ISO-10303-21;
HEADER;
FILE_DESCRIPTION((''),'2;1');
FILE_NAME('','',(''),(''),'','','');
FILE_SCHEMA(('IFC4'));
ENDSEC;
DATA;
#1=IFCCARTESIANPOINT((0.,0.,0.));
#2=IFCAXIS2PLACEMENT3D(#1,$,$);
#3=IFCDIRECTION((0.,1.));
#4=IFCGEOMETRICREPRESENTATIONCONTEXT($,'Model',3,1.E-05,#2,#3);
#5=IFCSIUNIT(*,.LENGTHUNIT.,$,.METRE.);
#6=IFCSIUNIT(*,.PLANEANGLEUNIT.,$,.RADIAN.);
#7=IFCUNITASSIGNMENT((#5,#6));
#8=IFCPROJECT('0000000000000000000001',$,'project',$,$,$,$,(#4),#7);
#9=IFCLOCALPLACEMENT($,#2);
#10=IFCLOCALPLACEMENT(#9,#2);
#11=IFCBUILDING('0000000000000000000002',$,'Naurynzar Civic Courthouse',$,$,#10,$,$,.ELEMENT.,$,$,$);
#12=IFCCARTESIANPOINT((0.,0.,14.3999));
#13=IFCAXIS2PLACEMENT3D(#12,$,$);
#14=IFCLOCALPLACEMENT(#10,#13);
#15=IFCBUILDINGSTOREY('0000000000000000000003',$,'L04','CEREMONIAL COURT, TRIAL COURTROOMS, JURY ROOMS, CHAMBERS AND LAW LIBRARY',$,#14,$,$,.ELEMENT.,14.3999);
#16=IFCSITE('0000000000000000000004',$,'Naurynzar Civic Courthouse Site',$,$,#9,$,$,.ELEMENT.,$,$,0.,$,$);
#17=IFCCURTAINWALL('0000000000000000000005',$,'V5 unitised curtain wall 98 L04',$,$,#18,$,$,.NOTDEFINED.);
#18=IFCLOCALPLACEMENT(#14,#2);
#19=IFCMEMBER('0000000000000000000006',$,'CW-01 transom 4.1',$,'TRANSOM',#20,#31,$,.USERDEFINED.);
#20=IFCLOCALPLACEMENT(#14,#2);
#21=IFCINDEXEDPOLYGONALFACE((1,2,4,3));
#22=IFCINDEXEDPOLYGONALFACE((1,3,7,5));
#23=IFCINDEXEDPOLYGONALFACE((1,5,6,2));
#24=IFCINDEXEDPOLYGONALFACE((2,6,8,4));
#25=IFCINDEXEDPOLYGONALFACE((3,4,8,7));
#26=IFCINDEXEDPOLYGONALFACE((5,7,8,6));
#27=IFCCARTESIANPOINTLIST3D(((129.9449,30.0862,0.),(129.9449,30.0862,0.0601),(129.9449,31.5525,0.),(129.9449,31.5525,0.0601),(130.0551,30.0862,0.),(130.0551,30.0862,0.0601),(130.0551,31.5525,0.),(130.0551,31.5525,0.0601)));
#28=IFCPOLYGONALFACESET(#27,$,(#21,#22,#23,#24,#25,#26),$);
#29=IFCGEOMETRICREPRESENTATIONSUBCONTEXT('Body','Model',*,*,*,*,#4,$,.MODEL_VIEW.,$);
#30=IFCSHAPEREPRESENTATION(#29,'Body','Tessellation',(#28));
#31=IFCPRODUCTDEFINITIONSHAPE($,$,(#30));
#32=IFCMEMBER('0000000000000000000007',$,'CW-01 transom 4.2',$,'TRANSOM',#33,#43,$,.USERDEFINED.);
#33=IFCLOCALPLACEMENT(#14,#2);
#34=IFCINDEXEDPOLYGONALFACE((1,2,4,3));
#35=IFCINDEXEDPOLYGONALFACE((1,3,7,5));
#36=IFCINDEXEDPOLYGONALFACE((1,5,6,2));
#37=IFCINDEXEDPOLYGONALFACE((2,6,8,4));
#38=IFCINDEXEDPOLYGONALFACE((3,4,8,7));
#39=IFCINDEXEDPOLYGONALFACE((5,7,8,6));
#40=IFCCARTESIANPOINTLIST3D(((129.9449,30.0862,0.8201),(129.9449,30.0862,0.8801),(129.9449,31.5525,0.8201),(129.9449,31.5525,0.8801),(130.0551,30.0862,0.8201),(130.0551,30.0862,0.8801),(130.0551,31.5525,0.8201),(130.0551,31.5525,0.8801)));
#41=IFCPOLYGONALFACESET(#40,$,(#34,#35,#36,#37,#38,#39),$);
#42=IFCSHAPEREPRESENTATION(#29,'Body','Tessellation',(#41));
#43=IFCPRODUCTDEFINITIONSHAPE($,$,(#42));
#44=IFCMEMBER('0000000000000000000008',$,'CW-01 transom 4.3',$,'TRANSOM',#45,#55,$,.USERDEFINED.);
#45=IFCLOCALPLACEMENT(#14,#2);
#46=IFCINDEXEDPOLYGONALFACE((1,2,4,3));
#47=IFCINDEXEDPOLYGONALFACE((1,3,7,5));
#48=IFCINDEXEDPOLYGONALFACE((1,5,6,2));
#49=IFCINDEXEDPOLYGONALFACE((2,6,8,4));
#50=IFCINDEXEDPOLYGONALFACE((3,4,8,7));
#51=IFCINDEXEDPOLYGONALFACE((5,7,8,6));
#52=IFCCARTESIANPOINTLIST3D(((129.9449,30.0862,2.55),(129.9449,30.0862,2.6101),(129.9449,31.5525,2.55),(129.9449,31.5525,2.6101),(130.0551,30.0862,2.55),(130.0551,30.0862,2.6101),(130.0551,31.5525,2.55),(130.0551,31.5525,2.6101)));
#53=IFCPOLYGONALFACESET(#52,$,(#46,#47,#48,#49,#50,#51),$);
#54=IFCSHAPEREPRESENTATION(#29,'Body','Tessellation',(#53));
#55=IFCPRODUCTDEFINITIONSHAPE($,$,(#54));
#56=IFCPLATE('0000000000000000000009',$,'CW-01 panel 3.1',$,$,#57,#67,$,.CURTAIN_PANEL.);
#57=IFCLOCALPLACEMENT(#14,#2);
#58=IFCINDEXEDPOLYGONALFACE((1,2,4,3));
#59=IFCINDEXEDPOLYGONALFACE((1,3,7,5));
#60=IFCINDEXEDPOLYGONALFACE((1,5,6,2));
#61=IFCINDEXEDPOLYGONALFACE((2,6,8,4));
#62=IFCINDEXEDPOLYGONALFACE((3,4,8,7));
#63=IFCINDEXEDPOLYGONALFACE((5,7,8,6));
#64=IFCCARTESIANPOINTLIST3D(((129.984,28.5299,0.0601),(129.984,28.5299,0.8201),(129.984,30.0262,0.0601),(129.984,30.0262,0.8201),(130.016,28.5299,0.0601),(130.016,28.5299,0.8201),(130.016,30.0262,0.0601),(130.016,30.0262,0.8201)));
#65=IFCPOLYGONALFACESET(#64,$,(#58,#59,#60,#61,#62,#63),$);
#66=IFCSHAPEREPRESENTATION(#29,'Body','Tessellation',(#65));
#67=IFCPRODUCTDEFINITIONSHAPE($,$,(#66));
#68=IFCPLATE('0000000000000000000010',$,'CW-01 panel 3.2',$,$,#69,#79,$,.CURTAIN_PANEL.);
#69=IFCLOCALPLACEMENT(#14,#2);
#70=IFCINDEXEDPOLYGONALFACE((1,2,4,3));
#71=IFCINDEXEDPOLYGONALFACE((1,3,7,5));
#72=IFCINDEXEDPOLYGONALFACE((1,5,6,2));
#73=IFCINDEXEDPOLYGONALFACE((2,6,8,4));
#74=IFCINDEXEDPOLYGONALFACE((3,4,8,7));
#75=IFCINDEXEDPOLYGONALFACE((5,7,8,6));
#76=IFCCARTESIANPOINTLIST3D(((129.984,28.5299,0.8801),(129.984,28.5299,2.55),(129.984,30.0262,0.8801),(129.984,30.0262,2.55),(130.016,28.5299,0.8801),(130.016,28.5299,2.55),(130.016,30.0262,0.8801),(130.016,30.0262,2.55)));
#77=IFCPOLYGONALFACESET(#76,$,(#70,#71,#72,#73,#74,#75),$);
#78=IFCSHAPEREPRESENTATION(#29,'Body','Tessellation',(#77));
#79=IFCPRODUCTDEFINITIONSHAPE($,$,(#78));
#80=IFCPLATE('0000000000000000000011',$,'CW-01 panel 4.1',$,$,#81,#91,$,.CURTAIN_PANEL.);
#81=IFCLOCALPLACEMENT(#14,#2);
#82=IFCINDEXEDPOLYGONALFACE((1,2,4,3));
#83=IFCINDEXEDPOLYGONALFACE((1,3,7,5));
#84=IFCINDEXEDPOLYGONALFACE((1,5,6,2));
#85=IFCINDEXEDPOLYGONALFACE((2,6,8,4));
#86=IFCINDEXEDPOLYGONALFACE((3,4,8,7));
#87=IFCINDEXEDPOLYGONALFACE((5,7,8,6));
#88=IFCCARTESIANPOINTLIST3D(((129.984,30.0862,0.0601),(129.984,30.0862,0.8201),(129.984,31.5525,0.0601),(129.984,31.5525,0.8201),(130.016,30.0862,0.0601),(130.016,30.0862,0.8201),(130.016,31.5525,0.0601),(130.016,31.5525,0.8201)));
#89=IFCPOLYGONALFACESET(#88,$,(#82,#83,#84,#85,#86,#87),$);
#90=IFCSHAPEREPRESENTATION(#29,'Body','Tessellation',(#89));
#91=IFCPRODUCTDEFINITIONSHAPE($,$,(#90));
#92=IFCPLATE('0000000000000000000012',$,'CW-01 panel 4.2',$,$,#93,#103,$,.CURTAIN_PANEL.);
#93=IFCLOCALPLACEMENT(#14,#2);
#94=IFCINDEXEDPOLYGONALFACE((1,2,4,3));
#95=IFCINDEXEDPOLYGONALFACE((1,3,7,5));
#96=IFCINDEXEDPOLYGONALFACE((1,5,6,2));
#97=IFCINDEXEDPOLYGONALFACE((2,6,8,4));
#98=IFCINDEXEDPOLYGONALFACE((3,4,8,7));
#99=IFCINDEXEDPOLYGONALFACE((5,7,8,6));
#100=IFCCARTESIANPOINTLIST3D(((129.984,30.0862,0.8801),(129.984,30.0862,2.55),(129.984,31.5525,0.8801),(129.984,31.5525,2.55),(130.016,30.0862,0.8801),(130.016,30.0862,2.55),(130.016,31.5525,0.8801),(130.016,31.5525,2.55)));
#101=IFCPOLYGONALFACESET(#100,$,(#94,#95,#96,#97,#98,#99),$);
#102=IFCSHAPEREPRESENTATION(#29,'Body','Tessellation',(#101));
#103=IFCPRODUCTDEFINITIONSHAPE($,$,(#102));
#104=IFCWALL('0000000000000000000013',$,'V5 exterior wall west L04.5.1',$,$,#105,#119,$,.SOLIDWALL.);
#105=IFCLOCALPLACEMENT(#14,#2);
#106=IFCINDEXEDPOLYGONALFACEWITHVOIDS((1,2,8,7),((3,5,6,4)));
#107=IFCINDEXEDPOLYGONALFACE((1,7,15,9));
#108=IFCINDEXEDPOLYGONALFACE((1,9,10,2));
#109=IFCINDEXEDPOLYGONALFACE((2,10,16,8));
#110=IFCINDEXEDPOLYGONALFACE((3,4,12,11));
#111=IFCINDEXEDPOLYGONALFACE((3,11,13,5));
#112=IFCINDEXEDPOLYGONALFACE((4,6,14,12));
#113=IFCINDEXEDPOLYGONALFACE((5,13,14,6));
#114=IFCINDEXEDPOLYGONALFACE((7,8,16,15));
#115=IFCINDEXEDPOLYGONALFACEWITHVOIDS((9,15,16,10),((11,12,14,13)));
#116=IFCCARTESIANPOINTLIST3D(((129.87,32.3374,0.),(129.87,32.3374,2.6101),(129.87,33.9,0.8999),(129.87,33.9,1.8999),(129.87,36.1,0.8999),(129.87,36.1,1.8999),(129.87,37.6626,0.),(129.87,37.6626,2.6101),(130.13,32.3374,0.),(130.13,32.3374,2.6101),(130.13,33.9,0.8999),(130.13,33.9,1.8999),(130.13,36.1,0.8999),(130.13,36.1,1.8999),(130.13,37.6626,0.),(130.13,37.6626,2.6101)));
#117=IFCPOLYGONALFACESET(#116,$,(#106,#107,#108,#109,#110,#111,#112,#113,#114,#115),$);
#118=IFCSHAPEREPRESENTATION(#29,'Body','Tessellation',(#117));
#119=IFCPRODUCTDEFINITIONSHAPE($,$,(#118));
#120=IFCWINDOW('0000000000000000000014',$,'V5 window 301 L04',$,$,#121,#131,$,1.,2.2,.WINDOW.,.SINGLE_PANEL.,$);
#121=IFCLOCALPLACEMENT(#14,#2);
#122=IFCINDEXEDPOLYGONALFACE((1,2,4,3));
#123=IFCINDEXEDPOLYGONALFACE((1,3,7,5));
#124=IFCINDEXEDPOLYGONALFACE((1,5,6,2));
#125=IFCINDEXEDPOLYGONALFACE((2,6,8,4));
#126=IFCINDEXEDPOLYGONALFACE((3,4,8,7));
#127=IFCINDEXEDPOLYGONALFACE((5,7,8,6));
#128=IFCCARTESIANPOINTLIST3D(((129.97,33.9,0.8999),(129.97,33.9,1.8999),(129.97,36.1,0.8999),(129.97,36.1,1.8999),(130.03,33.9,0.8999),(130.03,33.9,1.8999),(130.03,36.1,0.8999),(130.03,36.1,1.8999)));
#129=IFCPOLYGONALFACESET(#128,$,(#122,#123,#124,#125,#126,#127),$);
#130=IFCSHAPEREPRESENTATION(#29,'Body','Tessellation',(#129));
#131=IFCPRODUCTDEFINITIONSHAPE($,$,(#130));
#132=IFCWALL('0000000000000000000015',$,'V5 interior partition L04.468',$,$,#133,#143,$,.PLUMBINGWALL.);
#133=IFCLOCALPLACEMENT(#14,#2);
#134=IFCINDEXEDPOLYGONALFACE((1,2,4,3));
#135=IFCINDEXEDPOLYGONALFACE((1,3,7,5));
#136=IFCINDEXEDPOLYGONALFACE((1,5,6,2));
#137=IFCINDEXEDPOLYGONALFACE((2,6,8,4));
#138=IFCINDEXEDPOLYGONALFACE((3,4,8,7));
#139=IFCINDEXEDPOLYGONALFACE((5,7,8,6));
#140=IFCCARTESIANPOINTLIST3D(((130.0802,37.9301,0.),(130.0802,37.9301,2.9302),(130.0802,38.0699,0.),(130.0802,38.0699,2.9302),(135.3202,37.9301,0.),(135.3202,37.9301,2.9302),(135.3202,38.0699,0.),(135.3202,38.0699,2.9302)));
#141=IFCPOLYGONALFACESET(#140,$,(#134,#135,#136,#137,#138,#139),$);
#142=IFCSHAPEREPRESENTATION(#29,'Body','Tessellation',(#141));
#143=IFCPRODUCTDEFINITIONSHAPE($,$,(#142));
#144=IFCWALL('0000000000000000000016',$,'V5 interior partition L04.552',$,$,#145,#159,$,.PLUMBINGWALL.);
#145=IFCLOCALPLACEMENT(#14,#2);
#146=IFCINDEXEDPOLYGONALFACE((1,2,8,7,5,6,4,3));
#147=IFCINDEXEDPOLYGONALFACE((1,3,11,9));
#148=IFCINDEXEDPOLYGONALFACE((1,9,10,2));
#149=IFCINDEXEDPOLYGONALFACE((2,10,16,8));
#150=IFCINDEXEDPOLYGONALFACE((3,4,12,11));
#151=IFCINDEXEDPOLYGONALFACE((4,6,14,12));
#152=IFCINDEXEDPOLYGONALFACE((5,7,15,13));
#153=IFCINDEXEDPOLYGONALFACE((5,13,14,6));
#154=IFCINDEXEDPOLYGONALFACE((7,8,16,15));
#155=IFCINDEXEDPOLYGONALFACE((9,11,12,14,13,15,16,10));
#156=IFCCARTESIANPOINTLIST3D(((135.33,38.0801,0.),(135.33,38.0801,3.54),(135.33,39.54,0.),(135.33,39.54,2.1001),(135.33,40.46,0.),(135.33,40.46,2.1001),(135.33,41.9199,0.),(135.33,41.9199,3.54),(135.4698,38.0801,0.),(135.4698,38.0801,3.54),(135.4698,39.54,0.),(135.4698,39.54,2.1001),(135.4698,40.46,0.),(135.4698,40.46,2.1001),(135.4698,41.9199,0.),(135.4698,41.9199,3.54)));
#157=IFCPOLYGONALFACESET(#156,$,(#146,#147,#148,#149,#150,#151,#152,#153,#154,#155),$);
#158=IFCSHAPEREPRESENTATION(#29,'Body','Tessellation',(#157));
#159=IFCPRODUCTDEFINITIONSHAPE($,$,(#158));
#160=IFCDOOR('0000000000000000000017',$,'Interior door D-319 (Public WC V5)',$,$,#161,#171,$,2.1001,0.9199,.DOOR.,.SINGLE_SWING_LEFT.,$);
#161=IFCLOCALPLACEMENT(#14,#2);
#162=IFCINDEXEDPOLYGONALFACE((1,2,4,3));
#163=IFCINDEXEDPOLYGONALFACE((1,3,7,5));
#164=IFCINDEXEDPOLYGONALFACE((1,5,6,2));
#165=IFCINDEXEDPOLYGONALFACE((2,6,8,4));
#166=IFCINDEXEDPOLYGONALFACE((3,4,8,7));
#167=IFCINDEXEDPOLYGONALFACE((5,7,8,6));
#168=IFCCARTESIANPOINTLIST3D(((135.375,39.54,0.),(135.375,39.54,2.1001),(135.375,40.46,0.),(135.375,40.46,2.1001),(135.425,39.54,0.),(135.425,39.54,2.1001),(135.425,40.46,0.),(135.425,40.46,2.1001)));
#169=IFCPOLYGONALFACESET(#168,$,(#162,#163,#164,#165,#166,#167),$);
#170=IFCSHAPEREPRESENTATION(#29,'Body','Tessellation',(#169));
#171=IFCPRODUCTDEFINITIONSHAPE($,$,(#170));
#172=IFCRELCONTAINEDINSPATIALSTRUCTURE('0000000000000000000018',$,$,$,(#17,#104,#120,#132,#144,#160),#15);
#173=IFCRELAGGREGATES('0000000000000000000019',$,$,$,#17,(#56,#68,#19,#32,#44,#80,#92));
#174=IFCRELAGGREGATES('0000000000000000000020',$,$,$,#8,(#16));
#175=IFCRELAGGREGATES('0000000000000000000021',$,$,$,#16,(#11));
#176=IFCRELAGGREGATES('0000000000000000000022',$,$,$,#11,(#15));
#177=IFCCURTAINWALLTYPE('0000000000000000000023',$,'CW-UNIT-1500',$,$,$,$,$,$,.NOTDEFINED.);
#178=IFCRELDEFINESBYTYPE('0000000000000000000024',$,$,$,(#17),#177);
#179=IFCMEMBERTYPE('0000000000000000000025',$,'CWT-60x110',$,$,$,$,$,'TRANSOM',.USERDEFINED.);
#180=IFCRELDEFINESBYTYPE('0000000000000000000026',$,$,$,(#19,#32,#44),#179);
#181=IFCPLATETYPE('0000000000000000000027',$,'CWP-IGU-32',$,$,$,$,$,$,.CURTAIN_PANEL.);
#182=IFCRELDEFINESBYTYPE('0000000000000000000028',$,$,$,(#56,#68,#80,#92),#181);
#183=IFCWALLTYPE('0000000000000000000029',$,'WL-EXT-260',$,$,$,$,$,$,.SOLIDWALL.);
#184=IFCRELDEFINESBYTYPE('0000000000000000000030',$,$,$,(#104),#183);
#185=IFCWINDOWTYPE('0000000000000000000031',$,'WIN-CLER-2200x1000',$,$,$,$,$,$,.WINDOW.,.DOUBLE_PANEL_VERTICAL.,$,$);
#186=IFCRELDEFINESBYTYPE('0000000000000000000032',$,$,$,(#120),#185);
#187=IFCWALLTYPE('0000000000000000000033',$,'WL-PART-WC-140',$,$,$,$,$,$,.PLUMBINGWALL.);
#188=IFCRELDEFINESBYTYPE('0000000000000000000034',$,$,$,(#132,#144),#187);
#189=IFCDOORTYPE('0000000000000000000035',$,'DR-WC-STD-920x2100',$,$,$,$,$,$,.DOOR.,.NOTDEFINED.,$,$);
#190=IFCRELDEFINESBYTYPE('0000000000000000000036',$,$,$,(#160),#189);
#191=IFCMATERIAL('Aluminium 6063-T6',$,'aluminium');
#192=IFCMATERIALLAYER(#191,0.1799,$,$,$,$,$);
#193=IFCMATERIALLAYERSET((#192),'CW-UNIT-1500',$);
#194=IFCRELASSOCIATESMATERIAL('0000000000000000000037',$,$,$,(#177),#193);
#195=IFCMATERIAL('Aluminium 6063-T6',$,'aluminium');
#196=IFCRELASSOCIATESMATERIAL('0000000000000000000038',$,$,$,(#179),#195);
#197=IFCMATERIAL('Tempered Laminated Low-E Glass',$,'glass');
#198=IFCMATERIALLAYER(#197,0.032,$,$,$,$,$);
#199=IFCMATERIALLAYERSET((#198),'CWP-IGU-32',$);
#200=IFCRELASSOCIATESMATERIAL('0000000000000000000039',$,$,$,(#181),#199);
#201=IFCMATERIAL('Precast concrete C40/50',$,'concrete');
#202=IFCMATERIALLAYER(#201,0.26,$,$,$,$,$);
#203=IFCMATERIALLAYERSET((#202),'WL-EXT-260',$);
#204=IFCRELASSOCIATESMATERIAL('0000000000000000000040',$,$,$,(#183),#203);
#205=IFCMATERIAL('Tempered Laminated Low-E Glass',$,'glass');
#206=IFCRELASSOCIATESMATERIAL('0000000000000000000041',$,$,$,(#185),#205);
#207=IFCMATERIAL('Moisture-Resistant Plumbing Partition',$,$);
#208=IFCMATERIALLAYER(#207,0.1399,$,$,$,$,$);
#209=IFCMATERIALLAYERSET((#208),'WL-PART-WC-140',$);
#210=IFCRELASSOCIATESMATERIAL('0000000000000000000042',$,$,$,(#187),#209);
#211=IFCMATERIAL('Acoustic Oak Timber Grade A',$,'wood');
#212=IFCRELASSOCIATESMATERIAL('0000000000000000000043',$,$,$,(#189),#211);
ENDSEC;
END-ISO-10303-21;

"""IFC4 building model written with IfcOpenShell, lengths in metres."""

from ifc_helpers import new_model, si_unit, direction, frame, frame_2d, origin, origin_2d, place, context, subcontext, project, spatial, rectangle, extrude, material, layer, layer_set, material_profile, profile_set, type_object, element, fill, aggregate, save


model = new_model("IFC4")

# Units and contexts
model_context = context("Model", 3, precision=1e-05, world=origin(), true_north=direction((0.0, 1.0)))
body_context = subcontext(model_context, "Body", "Model", "MODEL_VIEW")
ifc_project = project(units=[si_unit("LENGTHUNIT", "METRE"), si_unit("PLANEANGLEUNIT", "RADIAN")], contexts=[model_context])

# Site, building, storey
site_placement = place(None, origin())
site = spatial("IfcSite", under=ifc_project, at=site_placement, Name="Naurynzar Civic Courthouse Site", CompositionType="ELEMENT", RefElevation=0.0)
building_placement = place(site_placement, origin())
building = spatial("IfcBuilding", under=site, at=building_placement, Name="Naurynzar Civic Courthouse", CompositionType="ELEMENT")
storey_placement = place(building_placement, frame((0.0, 0.0, 14.3999)))
storey = spatial("IfcBuildingStorey", under=building, at=storey_placement, Name="L04", Description="CEREMONIAL COURT, TRIAL COURTROOMS, JURY ROOMS, CHAMBERS AND LAW LIBRARY", CompositionType="ELEMENT", Elevation=14.3999)

# Curtain wall, members, plates
ifc_material_1 = material(Name="Aluminium 6063-T6", Category="aluminium")
ifc_layer_1 = layer(ifc_material_1, 0.1799)
ifc_layer_set_1 = layer_set([ifc_layer_1], Name="CW-UNIT-1500")
curtain_wall_type = type_object("IfcCurtainWallType", Name="CW-UNIT-1500", PredefinedType="NOTDEFINED", material=ifc_layer_set_1)
curtain_wall_placement = place(storey_placement, origin())
curtain_wall = element("IfcCurtainWall", 1, at=curtain_wall_placement, inside=storey, type_object=curtain_wall_type, Name="V5 unitised curtain wall 98 L04", PredefinedType="NOTDEFINED")
ifc_material_2 = material(Name="Aluminium 6063-T6", Category="aluminium")
ifc_material_profile_1 = material_profile(ifc_material_2, rectangle(XDim=0.1101, YDim=0.0601, at=origin_2d()), Name="ALU TRANSOM 60x110")
ifc_profile_set_1 = profile_set([ifc_material_profile_1], Name="Aluminium 6063-T6")
member_type_1 = type_object("IfcMemberType", Name="CWT-60x110", ElementType="TRANSOM", PredefinedType="USERDEFINED", material=ifc_profile_set_1)
member_1_placement = place(storey_placement, frame((130.0, 30.0862, 0.03), z_axis=(0.0, 1.0, 0.0), x_axis=(-1.0, 0.0, 0.0)))
member_1 = element("IfcMember", 2, at=member_1_placement, type_object=member_type_1, Name="CW-01 transom 4.1", ObjectType="TRANSOM", PredefinedType="USERDEFINED", context=body_context, shape_type="SweptSolid", body=[
    extrude(rectangle(XDim=0.1101, YDim=0.0601, at=origin_2d()), origin(), (0.0, 0.0, 1.0), 1.4663),
])
member_2_placement = place(storey_placement, frame((130.0, 30.0862, 0.8501), z_axis=(0.0, 1.0, 0.0), x_axis=(-1.0, 0.0, 0.0)))
member_2 = element("IfcMember", 3, at=member_2_placement, type_object=member_type_1, Name="CW-01 transom 4.2", ObjectType="TRANSOM", PredefinedType="USERDEFINED", context=body_context, shape_type="SweptSolid", body=[
    extrude(rectangle(XDim=0.1101, YDim=0.0601, at=origin_2d()), origin(), (0.0, 0.0, 1.0), 1.4663),
])
member_3_placement = place(storey_placement, frame((130.0, 30.0862, 2.5801), z_axis=(0.0, 1.0, 0.0), x_axis=(-1.0, 0.0, 0.0)))
member_3 = element("IfcMember", 4, at=member_3_placement, type_object=member_type_1, Name="CW-01 transom 4.3", ObjectType="TRANSOM", PredefinedType="USERDEFINED", context=body_context, shape_type="SweptSolid", body=[
    extrude(rectangle(XDim=0.1101, YDim=0.0601, at=origin_2d()), origin(), (0.0, 0.0, 1.0), 1.4663),
])
ifc_material_3 = material(Name="Tempered Laminated Low-E Glass", Category="glass")
ifc_layer_2 = layer(ifc_material_3, 0.032)
ifc_layer_set_2 = layer_set([ifc_layer_2], Name="CWP-IGU-32")
plate_type = type_object("IfcPlateType", Name="CWP-IGU-32", PredefinedType="CURTAIN_PANEL", material=ifc_layer_set_2)
plate_1_placement = place(storey_placement, frame((130.0, 29.2781, 0.0601), z_axis=(0.0, 0.0, 1.0), x_axis=(0.0, 1.0, 0.0)))
plate_1 = element("IfcPlate", 5, at=plate_1_placement, type_object=plate_type, Name="CW-01 panel 3.1", PredefinedType="CURTAIN_PANEL", context=body_context, shape_type="SweptSolid", body=[
    extrude(rectangle(XDim=1.4963, YDim=0.032, at=origin_2d()), origin(), (0.0, 0.0, 1.0), 0.76),
])
plate_2_placement = place(storey_placement, frame((130.0, 29.2781, 0.8801), z_axis=(0.0, 0.0, 1.0), x_axis=(0.0, 1.0, 0.0)))
plate_2 = element("IfcPlate", 6, at=plate_2_placement, type_object=plate_type, Name="CW-01 panel 3.2", PredefinedType="CURTAIN_PANEL", context=body_context, shape_type="SweptSolid", body=[
    extrude(rectangle(XDim=1.4963, YDim=0.032, at=origin_2d()), origin(), (0.0, 0.0, 1.0), 1.6699),
])
plate_3_placement = place(storey_placement, frame((130.0, 30.8193, 0.0601), z_axis=(0.0, 0.0, 1.0), x_axis=(0.0, 1.0, 0.0)))
plate_3 = element("IfcPlate", 7, at=plate_3_placement, type_object=plate_type, Name="CW-01 panel 4.1", PredefinedType="CURTAIN_PANEL", context=body_context, shape_type="SweptSolid", body=[
    extrude(rectangle(XDim=1.4663, YDim=0.032, at=origin_2d()), origin(), (0.0, 0.0, 1.0), 0.76),
])
plate_4_placement = place(storey_placement, frame((130.0, 30.8193, 0.8801), z_axis=(0.0, 0.0, 1.0), x_axis=(0.0, 1.0, 0.0)))
plate_4 = element("IfcPlate", 8, at=plate_4_placement, type_object=plate_type, Name="CW-01 panel 4.2", PredefinedType="CURTAIN_PANEL", context=body_context, shape_type="SweptSolid", body=[
    extrude(rectangle(XDim=1.4663, YDim=0.032, at=origin_2d()), origin(), (0.0, 0.0, 1.0), 1.6699),
])
aggregate(curtain_wall, [plate_1, plate_2, member_1, member_2, member_3, plate_3, plate_4])

# Wall, opening, window
ifc_material_4 = material(Name="Precast concrete C40/50", Category="concrete")
ifc_layer_3 = layer(ifc_material_4, 0.26)
ifc_layer_set_3 = layer_set([ifc_layer_3], Name="WL-EXT-260")
wall_type_1 = type_object("IfcWallType", Name="WL-EXT-260", PredefinedType="SOLIDWALL", material=ifc_layer_set_3)
wall_1_placement = place(storey_placement, frame((130.0, 32.3374, 0.0), z_axis=(0.0, 0.0, 1.0), x_axis=(0.0, 1.0, 0.0)))
wall_1 = element("IfcWall", 9, at=wall_1_placement, inside=storey, type_object=wall_type_1, Name="V5 exterior wall west L04.5.1", PredefinedType="SOLIDWALL", context=body_context, shape_type="SweptSolid", body=[
    extrude(rectangle(XDim=5.3252, YDim=0.26, at=frame_2d((2.6626, 0.0))), origin(), (0.0, 0.0, 1.0), 2.6101),
])
opening_1_placement = place(wall_1_placement, frame((1.5625, 0.0, 0.8999)))
opening_1 = element("IfcOpeningElement", 10, at=opening_1_placement, cuts=wall_1, PredefinedType="OPENING", context=body_context, shape_type="SweptSolid", body=[
    extrude(rectangle(XDim=2.2, YDim=1.0, at=frame_2d((1.1001, 0.5))), frame((0.0, 0.1399, 0.0), z_axis=(0.0, -1.0, 0.0), x_axis=(1.0, 0.0, 0.0)), (0.0, 0.0, 1.0), 0.28),
])
ifc_material_5 = material(Name="Tempered Laminated Low-E Glass", Category="glass")
window_type = type_object("IfcWindowType", Name="WIN-CLER-2200x1000", PartitioningType="DOUBLE_PANEL_VERTICAL", PredefinedType="WINDOW", material=ifc_material_5)
window_placement = place(opening_1_placement, origin())
window = element("IfcWindow", 11, at=window_placement, inside=storey, type_object=window_type, Name="V5 window 301 L04", OverallHeight=1.0, OverallWidth=2.2, PartitioningType="SINGLE_PANEL", PredefinedType="WINDOW", context=body_context, shape_type="SweptSolid", body=[
    extrude(rectangle(XDim=2.2, YDim=1.0, at=frame_2d((1.1001, 0.5))), frame((0.0, 0.03, 0.0), z_axis=(0.0, -1.0, 0.0), x_axis=(1.0, 0.0, 0.0)), (0.0, 0.0, 1.0), 0.0601),
])
fill(opening_1, window)

# Wall
ifc_material_6 = material(Name="Moisture-Resistant Plumbing Partition")
ifc_layer_4 = layer(ifc_material_6, 0.1399)
ifc_layer_set_4 = layer_set([ifc_layer_4], Name="WL-PART-WC-140")
wall_type_2 = type_object("IfcWallType", Name="WL-PART-WC-140", PredefinedType="PLUMBINGWALL", material=ifc_layer_set_4)
wall_2_placement = place(storey_placement, frame((130.0801, 38.0, 0.0), z_axis=(0.0, 0.0, 1.0), x_axis=(1.0, 0.0, 0.0)))
element("IfcWall", 12, at=wall_2_placement, inside=storey, type_object=wall_type_2, Name="V5 interior partition L04.468", PredefinedType="PLUMBINGWALL", context=body_context, shape_type="SweptSolid", body=[
    extrude(rectangle(XDim=5.24, YDim=0.1399, at=frame_2d((2.6201, 0.0))), origin(), (0.0, 0.0, 1.0), 2.9302),
])

# Wall, opening, door
wall_3_placement = place(storey_placement, frame((135.3999, 38.0801, 0.0), z_axis=(0.0, 0.0, 1.0), x_axis=(0.0, 1.0, 0.0)))
wall_3 = element("IfcWall", 13, at=wall_3_placement, inside=storey, type_object=wall_type_2, Name="V5 interior partition L04.552", PredefinedType="PLUMBINGWALL", context=body_context, shape_type="SweptSolid", body=[
    extrude(rectangle(XDim=3.8398, YDim=0.1399, at=frame_2d((1.9199, 0.0))), origin(), (0.0, 0.0, 1.0), 3.54),
])
opening_2_placement = place(wall_3_placement, frame((1.46, 0.0, 0.0)))
opening_2 = element("IfcOpeningElement", 14, at=opening_2_placement, cuts=wall_3, PredefinedType="OPENING", context=body_context, shape_type="SweptSolid", body=[
    extrude(rectangle(XDim=0.9199, YDim=2.1001, at=frame_2d((0.46, 1.05))), frame((0.0, 0.0798, 0.0), z_axis=(0.0, -1.0, 0.0), x_axis=(1.0, 0.0, 0.0)), (0.0, 0.0, 1.0), 0.1599),
])
ifc_material_7 = material(Name="Acoustic Oak Timber Grade A", Category="wood")
door_type_1 = type_object("IfcDoorType", Name="DR-WC-STD-920x2100", OperationType="NOTDEFINED", PredefinedType="DOOR", material=ifc_material_7)
door_1_placement = place(opening_2_placement, origin())
door_1 = element("IfcDoor", 15, at=door_1_placement, inside=storey, type_object=door_type_1, Name="Interior door D-319 (Public WC V5)", OperationType="SINGLE_SWING_LEFT", OverallHeight=2.1001, OverallWidth=0.9199, PredefinedType="DOOR", context=body_context, shape_type="SweptSolid", body=[
    extrude(rectangle(XDim=0.9199, YDim=2.1001, at=frame_2d((0.46, 1.05))), frame((0.0, 0.0249, 0.0), z_axis=(0.0, -1.0, 0.0), x_axis=(1.0, 0.0, 0.0)), (0.0, 0.0, 1.0), 0.05),
])
fill(opening_2, door_1)

save(model, "model.ifc")
